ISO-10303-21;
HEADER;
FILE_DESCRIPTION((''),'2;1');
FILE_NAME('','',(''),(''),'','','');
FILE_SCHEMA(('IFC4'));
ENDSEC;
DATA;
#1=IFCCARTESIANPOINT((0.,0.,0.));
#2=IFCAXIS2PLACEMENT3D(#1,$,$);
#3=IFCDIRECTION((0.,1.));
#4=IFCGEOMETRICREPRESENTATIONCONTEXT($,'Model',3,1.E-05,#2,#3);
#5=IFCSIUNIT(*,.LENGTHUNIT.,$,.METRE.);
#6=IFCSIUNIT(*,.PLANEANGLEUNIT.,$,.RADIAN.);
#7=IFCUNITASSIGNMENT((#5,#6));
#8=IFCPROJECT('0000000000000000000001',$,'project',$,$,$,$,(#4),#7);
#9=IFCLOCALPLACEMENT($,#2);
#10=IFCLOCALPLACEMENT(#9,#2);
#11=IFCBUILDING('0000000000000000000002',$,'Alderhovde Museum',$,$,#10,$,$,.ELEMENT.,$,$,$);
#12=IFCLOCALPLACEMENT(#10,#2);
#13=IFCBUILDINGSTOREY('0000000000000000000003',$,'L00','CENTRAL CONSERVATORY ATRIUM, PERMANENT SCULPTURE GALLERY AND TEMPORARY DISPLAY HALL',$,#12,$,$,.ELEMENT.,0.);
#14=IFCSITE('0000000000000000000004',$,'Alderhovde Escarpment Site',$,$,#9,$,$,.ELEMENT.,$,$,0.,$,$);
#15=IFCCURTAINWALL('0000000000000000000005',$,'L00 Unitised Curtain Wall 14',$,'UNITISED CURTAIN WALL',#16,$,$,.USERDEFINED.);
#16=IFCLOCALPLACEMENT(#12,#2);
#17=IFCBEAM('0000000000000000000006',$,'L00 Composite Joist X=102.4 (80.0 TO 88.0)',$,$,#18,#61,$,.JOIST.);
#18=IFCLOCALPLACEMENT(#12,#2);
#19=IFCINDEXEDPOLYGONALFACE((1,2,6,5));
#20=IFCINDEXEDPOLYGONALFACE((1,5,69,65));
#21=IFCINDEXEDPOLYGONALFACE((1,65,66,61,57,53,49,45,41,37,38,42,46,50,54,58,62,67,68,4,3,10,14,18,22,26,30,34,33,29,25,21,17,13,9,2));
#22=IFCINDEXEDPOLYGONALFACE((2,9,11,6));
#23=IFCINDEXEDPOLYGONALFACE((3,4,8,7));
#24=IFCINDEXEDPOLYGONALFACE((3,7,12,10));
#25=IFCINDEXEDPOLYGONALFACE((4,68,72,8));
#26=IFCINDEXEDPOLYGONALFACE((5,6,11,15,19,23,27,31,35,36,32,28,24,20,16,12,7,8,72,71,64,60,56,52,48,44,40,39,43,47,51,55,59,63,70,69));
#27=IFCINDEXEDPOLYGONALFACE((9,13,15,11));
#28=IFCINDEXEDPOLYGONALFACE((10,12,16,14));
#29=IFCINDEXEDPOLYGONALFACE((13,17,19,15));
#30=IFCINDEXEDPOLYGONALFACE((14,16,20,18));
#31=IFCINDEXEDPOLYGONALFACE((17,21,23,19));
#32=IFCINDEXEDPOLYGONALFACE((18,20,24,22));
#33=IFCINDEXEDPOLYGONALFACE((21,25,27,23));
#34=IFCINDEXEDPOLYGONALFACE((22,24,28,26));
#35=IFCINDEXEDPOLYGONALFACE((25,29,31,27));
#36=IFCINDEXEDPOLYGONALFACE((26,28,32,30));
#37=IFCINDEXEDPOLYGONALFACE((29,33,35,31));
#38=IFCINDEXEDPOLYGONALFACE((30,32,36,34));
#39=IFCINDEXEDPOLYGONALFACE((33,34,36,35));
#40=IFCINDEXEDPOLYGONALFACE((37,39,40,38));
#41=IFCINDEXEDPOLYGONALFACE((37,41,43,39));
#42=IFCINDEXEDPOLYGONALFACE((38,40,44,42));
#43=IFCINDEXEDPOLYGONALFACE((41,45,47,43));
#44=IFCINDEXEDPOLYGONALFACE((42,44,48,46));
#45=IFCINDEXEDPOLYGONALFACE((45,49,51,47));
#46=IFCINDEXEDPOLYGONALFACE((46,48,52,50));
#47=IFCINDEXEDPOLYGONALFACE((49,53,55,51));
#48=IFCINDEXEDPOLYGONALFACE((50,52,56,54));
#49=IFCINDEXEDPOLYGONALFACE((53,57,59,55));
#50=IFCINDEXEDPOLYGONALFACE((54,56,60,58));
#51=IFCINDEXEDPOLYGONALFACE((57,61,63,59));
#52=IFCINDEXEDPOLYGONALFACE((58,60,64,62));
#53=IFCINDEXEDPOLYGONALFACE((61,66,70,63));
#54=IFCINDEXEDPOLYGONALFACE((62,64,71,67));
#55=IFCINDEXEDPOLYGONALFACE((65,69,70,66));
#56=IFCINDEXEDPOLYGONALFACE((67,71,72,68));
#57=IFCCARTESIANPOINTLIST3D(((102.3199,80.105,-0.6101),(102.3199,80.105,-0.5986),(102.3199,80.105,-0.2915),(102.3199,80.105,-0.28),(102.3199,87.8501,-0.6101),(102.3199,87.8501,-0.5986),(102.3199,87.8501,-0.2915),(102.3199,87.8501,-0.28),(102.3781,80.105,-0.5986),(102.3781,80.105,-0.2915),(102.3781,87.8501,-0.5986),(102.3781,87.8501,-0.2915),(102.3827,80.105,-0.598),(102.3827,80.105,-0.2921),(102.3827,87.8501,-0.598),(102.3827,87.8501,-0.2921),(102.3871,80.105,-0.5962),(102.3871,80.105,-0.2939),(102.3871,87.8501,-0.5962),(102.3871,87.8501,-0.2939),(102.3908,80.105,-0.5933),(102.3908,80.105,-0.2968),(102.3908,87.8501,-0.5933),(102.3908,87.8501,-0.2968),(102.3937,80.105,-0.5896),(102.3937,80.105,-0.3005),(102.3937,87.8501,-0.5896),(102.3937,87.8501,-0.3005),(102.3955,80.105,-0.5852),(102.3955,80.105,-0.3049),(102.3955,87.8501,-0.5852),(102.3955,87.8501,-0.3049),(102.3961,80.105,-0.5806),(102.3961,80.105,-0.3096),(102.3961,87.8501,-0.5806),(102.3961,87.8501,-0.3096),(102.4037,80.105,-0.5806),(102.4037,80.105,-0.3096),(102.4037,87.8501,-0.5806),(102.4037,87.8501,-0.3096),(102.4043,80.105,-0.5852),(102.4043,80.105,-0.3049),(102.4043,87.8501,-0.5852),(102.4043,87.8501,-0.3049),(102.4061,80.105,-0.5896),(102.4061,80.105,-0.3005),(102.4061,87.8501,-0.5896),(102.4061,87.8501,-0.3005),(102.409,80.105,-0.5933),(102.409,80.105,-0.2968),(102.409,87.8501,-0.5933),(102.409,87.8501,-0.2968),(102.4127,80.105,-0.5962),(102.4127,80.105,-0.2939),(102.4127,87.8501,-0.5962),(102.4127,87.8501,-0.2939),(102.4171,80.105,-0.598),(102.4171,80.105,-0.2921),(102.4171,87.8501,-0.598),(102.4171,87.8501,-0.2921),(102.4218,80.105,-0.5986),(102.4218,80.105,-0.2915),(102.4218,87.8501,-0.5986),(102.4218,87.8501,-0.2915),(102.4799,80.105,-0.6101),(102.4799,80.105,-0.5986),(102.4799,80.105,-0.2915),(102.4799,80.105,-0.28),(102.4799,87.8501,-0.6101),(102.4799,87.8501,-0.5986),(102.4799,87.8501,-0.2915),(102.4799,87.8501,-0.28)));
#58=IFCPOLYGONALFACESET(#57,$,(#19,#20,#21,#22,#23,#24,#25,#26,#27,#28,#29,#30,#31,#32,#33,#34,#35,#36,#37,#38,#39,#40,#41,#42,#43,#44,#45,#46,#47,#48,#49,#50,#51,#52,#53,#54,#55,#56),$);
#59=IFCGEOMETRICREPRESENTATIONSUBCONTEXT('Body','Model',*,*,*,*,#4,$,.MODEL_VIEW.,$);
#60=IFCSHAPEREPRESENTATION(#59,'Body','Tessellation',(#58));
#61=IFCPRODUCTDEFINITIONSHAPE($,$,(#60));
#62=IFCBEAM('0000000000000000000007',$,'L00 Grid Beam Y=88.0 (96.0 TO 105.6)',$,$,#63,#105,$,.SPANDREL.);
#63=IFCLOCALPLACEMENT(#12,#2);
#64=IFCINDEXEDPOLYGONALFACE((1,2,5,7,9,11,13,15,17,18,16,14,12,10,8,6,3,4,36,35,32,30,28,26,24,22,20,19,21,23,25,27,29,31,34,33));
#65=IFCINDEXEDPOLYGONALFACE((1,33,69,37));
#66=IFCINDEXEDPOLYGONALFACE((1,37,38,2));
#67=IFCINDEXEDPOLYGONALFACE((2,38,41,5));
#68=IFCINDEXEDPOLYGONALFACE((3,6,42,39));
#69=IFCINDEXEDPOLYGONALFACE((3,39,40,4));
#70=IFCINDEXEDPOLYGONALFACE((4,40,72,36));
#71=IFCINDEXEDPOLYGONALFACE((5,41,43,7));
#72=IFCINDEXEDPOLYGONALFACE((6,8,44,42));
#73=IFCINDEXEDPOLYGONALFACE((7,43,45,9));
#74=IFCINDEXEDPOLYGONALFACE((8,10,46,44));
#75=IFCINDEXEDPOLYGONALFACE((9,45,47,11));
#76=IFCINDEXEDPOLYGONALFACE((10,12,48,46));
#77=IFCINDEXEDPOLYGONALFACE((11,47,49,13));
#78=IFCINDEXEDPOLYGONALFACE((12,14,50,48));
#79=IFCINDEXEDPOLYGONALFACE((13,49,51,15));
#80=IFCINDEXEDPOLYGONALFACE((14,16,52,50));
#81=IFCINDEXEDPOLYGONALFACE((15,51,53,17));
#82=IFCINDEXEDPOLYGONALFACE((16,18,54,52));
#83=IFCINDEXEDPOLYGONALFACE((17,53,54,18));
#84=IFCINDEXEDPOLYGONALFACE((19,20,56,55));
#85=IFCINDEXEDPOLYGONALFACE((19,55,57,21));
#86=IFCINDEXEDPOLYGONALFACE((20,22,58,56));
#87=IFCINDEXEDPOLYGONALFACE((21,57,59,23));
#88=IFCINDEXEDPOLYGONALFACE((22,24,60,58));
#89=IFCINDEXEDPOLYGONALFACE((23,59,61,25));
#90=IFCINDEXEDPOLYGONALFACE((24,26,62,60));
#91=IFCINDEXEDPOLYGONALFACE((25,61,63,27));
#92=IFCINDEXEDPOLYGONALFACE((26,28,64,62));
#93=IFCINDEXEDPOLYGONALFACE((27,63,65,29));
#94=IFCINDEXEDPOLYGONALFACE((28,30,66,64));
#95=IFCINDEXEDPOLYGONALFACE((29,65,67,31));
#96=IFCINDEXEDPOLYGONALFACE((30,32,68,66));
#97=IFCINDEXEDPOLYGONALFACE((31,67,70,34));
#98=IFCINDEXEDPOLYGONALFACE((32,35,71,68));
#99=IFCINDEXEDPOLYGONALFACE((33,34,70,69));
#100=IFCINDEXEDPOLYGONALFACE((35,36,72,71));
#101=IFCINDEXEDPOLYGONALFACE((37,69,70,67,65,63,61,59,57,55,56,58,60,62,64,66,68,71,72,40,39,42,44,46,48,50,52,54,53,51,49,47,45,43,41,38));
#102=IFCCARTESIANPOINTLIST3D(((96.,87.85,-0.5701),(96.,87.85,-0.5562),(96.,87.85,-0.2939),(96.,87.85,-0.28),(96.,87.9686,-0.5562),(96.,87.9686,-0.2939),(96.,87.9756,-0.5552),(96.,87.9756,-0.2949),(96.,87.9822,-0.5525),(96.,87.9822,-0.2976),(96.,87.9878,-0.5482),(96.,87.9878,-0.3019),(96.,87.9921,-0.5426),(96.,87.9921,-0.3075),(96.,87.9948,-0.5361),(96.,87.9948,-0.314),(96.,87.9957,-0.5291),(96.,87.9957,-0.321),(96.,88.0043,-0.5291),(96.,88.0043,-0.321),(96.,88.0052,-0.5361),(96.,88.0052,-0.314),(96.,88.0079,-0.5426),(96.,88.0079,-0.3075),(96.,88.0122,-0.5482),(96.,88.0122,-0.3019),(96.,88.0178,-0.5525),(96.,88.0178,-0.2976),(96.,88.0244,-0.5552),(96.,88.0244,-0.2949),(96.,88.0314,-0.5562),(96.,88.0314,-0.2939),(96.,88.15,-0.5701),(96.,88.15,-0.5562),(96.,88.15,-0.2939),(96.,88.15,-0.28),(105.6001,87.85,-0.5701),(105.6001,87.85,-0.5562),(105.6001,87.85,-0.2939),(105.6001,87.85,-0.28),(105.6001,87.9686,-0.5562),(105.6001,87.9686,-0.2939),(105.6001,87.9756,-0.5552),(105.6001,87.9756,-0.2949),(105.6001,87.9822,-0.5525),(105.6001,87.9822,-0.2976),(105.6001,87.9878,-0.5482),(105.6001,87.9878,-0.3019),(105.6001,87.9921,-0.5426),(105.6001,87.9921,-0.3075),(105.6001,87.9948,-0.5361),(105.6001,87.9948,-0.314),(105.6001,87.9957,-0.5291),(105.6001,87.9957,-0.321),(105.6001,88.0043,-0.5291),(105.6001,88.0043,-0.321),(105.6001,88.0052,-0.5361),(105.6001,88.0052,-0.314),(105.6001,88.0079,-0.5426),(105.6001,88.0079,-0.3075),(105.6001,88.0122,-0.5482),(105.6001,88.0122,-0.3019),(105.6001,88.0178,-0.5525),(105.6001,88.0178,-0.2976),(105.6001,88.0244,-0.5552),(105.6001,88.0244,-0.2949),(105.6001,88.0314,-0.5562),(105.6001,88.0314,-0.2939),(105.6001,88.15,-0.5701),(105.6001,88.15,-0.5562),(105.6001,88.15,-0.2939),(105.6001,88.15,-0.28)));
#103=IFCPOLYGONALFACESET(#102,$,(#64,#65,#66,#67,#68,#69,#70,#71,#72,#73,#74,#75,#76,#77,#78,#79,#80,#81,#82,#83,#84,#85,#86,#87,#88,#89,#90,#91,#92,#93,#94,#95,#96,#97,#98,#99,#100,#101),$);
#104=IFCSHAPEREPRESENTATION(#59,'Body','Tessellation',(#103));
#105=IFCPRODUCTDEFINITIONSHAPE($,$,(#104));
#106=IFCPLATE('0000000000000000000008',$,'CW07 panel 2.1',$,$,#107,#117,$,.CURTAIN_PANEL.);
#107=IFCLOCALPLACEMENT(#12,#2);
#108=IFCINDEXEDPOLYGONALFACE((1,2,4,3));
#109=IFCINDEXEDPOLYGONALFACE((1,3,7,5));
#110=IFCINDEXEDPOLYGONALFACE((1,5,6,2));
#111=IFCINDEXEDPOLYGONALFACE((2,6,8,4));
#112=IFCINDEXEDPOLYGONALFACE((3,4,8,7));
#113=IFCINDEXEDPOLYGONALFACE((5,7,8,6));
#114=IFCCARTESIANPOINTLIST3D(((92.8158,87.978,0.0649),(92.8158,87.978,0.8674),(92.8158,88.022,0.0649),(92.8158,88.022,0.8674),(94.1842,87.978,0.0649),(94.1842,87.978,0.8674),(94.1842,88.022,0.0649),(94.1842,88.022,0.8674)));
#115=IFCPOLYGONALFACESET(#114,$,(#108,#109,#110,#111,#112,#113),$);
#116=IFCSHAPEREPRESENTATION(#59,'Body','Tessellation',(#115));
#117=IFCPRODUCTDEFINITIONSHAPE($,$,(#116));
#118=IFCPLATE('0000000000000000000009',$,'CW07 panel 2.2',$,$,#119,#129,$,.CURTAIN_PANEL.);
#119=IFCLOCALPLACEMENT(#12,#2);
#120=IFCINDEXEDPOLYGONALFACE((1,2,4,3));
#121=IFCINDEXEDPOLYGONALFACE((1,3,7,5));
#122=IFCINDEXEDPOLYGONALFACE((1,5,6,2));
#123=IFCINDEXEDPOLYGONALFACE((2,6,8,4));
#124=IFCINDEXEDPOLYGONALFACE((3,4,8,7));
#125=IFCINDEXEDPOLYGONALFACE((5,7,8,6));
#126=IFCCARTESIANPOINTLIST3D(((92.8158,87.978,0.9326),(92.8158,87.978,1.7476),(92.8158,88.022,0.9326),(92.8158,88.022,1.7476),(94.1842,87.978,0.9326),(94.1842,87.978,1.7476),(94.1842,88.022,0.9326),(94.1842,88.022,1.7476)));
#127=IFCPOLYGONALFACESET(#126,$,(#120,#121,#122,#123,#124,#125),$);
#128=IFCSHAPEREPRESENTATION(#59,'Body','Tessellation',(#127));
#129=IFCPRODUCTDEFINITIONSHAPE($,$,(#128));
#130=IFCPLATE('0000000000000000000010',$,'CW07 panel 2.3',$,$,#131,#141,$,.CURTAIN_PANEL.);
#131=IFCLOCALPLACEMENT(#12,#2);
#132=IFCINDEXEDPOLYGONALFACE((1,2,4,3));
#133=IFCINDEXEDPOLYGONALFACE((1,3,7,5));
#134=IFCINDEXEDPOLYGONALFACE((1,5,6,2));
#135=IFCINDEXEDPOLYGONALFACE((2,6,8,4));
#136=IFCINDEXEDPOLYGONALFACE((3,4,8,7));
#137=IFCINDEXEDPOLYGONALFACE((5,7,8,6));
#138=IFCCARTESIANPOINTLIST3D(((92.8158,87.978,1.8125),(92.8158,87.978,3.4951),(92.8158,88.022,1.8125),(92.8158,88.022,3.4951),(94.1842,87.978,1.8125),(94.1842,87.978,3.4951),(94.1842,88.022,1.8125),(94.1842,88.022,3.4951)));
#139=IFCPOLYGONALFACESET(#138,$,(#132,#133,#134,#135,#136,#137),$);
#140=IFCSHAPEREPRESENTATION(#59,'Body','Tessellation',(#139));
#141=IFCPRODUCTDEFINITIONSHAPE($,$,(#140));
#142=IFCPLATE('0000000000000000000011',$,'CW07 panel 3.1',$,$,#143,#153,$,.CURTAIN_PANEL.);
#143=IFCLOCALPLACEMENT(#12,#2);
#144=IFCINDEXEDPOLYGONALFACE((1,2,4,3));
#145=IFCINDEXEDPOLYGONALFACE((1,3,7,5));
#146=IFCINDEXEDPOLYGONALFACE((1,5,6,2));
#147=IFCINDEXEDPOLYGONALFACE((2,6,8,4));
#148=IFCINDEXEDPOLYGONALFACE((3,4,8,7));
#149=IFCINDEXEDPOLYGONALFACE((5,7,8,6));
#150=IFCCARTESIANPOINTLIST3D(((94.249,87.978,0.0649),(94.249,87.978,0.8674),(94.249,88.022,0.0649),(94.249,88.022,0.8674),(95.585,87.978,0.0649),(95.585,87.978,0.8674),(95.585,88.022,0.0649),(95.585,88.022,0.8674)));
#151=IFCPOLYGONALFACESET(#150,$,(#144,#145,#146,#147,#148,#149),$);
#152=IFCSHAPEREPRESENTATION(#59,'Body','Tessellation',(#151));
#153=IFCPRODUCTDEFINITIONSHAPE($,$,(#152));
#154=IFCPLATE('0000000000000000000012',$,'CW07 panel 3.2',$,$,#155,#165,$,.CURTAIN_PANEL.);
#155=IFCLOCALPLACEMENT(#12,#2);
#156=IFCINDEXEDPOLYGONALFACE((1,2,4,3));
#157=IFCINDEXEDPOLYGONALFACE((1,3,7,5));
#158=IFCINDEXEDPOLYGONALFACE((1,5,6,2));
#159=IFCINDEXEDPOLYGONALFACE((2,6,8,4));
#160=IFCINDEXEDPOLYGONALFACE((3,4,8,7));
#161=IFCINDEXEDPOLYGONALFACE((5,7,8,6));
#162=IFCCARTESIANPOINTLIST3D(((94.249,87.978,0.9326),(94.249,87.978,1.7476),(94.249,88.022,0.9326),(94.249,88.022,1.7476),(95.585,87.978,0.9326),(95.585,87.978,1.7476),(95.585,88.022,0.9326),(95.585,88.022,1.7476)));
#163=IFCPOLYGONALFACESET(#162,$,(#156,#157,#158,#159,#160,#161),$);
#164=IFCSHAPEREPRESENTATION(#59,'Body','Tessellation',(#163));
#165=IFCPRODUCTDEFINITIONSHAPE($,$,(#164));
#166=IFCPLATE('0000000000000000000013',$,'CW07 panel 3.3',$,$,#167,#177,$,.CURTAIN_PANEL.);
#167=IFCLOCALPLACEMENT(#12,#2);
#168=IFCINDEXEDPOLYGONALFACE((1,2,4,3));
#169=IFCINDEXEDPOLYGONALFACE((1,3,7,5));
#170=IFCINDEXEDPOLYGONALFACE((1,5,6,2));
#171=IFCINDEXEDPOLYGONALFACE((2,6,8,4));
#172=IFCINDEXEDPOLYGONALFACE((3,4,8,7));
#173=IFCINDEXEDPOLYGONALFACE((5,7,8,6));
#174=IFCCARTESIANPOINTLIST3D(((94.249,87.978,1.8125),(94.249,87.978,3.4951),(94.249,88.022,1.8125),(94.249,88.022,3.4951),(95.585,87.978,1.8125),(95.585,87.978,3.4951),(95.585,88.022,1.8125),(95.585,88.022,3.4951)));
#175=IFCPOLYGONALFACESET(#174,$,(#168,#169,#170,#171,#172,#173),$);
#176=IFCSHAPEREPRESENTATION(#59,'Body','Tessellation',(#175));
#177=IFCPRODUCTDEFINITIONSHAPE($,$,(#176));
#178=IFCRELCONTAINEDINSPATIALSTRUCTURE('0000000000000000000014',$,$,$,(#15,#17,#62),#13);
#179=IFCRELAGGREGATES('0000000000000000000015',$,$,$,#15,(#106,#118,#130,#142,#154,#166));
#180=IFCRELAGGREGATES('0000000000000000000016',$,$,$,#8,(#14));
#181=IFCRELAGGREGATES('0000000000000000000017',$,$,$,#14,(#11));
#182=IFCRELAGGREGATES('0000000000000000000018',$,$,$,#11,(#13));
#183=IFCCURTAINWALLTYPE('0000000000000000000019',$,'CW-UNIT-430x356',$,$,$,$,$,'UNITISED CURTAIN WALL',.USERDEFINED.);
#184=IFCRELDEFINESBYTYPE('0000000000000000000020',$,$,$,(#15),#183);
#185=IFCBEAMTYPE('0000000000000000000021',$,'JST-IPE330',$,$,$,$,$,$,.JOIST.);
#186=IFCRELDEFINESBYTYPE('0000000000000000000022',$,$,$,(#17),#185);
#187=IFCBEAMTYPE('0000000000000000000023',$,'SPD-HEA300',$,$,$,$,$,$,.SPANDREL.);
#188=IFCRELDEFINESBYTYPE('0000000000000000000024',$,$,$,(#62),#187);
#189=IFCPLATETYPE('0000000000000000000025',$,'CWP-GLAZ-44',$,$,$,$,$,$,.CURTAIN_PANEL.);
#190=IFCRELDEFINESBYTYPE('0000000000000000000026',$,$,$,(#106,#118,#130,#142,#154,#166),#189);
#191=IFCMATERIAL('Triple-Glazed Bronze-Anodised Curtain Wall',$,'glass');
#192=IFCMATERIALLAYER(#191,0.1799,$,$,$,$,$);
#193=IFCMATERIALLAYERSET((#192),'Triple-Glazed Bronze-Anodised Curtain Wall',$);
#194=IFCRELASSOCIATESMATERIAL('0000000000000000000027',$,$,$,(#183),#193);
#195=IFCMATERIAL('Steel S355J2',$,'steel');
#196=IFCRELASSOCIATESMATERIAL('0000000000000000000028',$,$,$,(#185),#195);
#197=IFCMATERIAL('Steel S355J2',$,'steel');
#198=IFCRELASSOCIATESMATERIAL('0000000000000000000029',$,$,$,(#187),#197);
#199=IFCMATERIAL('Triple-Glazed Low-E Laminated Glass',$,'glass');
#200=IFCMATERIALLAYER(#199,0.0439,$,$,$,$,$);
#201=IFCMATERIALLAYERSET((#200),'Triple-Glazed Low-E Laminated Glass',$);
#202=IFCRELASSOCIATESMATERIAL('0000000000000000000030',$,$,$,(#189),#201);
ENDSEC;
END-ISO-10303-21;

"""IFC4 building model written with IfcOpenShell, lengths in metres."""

from ifc_helpers import new_model, si_unit, direction, frame, origin, origin_2d, place, context, subcontext, project, spatial, rectangle, i_section, extrude, material, layer, layer_set, material_profile, profile_set, type_object, element, aggregate, save


model = new_model("IFC4")

# Units and contexts
model_context = context("Model", 3, precision=1e-05, world=origin(), true_north=direction((0.0, 1.0)))
body_context = subcontext(model_context, "Body", "Model", "MODEL_VIEW")
ifc_project = project(units=[si_unit("LENGTHUNIT", "METRE"), si_unit("PLANEANGLEUNIT", "RADIAN")], contexts=[model_context])

# Site, building, storey
site_placement = place(None, origin())
site = spatial("IfcSite", under=ifc_project, at=site_placement, Name="Alderhovde Escarpment Site", CompositionType="ELEMENT", RefElevation=0.0)
building_placement = place(site_placement, origin())
building = spatial("IfcBuilding", under=site, at=building_placement, Name="Alderhovde Museum", CompositionType="ELEMENT")
storey_placement = place(building_placement, origin())
storey = spatial("IfcBuildingStorey", under=building, at=storey_placement, Name="L00", Description="CENTRAL CONSERVATORY ATRIUM, PERMANENT SCULPTURE GALLERY AND TEMPORARY DISPLAY HALL", CompositionType="ELEMENT", Elevation=0.0)

# Curtain wall
ifc_material_1 = material(Name="Triple-Glazed Bronze-Anodised Curtain Wall", Category="glass")
ifc_layer_1 = layer(ifc_material_1, 0.1799)
ifc_layer_set_1 = layer_set([ifc_layer_1], Name="Triple-Glazed Bronze-Anodised Curtain Wall")
curtain_wall_type = type_object("IfcCurtainWallType", Name="CW-UNIT-430x356", ElementType="UNITISED CURTAIN WALL", PredefinedType="USERDEFINED", material=ifc_layer_set_1)
curtain_wall_placement = place(storey_placement, origin())
curtain_wall = element("IfcCurtainWall", 1, at=curtain_wall_placement, inside=storey, type_object=curtain_wall_type, Name="L00 Unitised Curtain Wall 14", ObjectType="UNITISED CURTAIN WALL", PredefinedType="USERDEFINED")

# Beams
ifc_material_2 = material(Name="Steel S355J2", Category="steel")
ifc_material_profile_1 = material_profile(ifc_material_2, i_section(OverallWidth=0.1599, OverallDepth=0.3301, WebThickness=0.0076, FlangeThickness=0.0115, FilletRadius=0.0181, at=origin_2d()), Name="IPE 330")
ifc_profile_set_1 = profile_set([ifc_material_profile_1], Name="Steel S355J2")
beam_type_1 = type_object("IfcBeamType", Name="JST-IPE330", PredefinedType="JOIST", material=ifc_profile_set_1)
for number, where, z_axis, x_axis, name in (
    (2, (102.3999, 80.105, -0.4451), (0.0, 1.0, 0.0), (-1.0, 0.0, 0.0), "L00 Composite Joist X=102.4 (80.0 TO 88.0)"),
):
    element("IfcBeam", number, at=place(storey_placement, frame(where, z_axis=z_axis, x_axis=x_axis)), inside=storey, type_object=beam_type_1, Name=name, PredefinedType="JOIST", context=body_context, shape_type="SweptSolid", body=[
        extrude(i_section(OverallWidth=0.1599, OverallDepth=0.3301, WebThickness=0.0076, FlangeThickness=0.0115, FilletRadius=0.0181, at=origin_2d()), origin(), (0.0, 0.0, 1.0), 7.7451),
    ])
ifc_material_3 = material(Name="Steel S355J2", Category="steel")
ifc_material_profile_2 = material_profile(ifc_material_3, i_section(OverallWidth=0.3, OverallDepth=0.29, WebThickness=0.0085, FlangeThickness=0.0139, FilletRadius=0.0271, at=origin_2d()), Name="HEA 300")
ifc_profile_set_2 = profile_set([ifc_material_profile_2], Name="Steel S355J2")
beam_type_2 = type_object("IfcBeamType", Name="SPD-HEA300", PredefinedType="SPANDREL", material=ifc_profile_set_2)
beam_1_placement = place(storey_placement, frame((96.0, 88.0, -0.425), z_axis=(1.0, 0.0, 0.0), x_axis=(0.0, 1.0, 0.0)))
element("IfcBeam", 3, at=beam_1_placement, inside=storey, type_object=beam_type_2, Name="L00 Grid Beam Y=88.0 (96.0 TO 105.6)", PredefinedType="SPANDREL", context=body_context, shape_type="SweptSolid", body=[
    extrude(i_section(OverallWidth=0.3, OverallDepth=0.29, WebThickness=0.0085, FlangeThickness=0.0139, FilletRadius=0.0271, at=origin_2d()), origin(), (0.0, 0.0, 1.0), 9.6001),
])

# Plates
ifc_material_4 = material(Name="Triple-Glazed Low-E Laminated Glass", Category="glass")
ifc_layer_2 = layer(ifc_material_4, 0.0439)
ifc_layer_set_2 = layer_set([ifc_layer_2], Name="Triple-Glazed Low-E Laminated Glass")
plate_type = type_object("IfcPlateType", Name="CWP-GLAZ-44", PredefinedType="CURTAIN_PANEL", material=ifc_layer_set_2)
plate_1_placement = place(storey_placement, frame((93.5, 88.0, 0.0649), z_axis=(0.0, 0.0, 1.0), x_axis=(1.0, 0.0, 0.0)))
plate_1 = element("IfcPlate", 4, at=plate_1_placement, type_object=plate_type, Name="CW07 panel 2.1", PredefinedType="CURTAIN_PANEL", context=body_context, shape_type="SweptSolid", body=[
    extrude(rectangle(XDim=1.3684, YDim=0.0439, at=origin_2d()), origin(), (0.0, 0.0, 1.0), 0.8025),
])
plate_2_placement = place(storey_placement, frame((93.5, 88.0, 0.9326), z_axis=(0.0, 0.0, 1.0), x_axis=(1.0, 0.0, 0.0)))
plate_2 = element("IfcPlate", 5, at=plate_2_placement, type_object=plate_type, Name="CW07 panel 2.2", PredefinedType="CURTAIN_PANEL", context=body_context, shape_type="SweptSolid", body=[
    extrude(rectangle(XDim=1.3684, YDim=0.0439, at=origin_2d()), origin(), (0.0, 0.0, 1.0), 0.8149),
])
plate_3_placement = place(storey_placement, frame((93.5, 88.0, 1.8125), z_axis=(0.0, 0.0, 1.0), x_axis=(1.0, 0.0, 0.0)))
plate_3 = element("IfcPlate", 6, at=plate_3_placement, type_object=plate_type, Name="CW07 panel 2.3", PredefinedType="CURTAIN_PANEL", context=body_context, shape_type="SweptSolid", body=[
    extrude(rectangle(XDim=1.3684, YDim=0.0439, at=origin_2d()), origin(), (0.0, 0.0, 1.0), 1.6826),
])
plate_4_placement = place(storey_placement, frame((94.917, 88.0, 0.0649), z_axis=(0.0, 0.0, 1.0), x_axis=(1.0, 0.0, 0.0)))
plate_4 = element("IfcPlate", 7, at=plate_4_placement, type_object=plate_type, Name="CW07 panel 3.1", PredefinedType="CURTAIN_PANEL", context=body_context, shape_type="SweptSolid", body=[
    extrude(rectangle(XDim=1.3359, YDim=0.0439, at=origin_2d()), origin(), (0.0, 0.0, 1.0), 0.8025),
])
plate_5_placement = place(storey_placement, frame((94.917, 88.0, 0.9326), z_axis=(0.0, 0.0, 1.0), x_axis=(1.0, 0.0, 0.0)))
plate_5 = element("IfcPlate", 8, at=plate_5_placement, type_object=plate_type, Name="CW07 panel 3.2", PredefinedType="CURTAIN_PANEL", context=body_context, shape_type="SweptSolid", body=[
    extrude(rectangle(XDim=1.3359, YDim=0.0439, at=origin_2d()), origin(), (0.0, 0.0, 1.0), 0.8149),
])
plate_6_placement = place(storey_placement, frame((94.917, 88.0, 1.8125), z_axis=(0.0, 0.0, 1.0), x_axis=(1.0, 0.0, 0.0)))
plate_6 = element("IfcPlate", 9, at=plate_6_placement, type_object=plate_type, Name="CW07 panel 3.3", PredefinedType="CURTAIN_PANEL", context=body_context, shape_type="SweptSolid", body=[
    extrude(rectangle(XDim=1.3359, YDim=0.0439, at=origin_2d()), origin(), (0.0, 0.0, 1.0), 1.6826),
])
aggregate(curtain_wall, [plate_1, plate_2, plate_3, plate_4, plate_5, plate_6])

save(model, "model.ifc")
